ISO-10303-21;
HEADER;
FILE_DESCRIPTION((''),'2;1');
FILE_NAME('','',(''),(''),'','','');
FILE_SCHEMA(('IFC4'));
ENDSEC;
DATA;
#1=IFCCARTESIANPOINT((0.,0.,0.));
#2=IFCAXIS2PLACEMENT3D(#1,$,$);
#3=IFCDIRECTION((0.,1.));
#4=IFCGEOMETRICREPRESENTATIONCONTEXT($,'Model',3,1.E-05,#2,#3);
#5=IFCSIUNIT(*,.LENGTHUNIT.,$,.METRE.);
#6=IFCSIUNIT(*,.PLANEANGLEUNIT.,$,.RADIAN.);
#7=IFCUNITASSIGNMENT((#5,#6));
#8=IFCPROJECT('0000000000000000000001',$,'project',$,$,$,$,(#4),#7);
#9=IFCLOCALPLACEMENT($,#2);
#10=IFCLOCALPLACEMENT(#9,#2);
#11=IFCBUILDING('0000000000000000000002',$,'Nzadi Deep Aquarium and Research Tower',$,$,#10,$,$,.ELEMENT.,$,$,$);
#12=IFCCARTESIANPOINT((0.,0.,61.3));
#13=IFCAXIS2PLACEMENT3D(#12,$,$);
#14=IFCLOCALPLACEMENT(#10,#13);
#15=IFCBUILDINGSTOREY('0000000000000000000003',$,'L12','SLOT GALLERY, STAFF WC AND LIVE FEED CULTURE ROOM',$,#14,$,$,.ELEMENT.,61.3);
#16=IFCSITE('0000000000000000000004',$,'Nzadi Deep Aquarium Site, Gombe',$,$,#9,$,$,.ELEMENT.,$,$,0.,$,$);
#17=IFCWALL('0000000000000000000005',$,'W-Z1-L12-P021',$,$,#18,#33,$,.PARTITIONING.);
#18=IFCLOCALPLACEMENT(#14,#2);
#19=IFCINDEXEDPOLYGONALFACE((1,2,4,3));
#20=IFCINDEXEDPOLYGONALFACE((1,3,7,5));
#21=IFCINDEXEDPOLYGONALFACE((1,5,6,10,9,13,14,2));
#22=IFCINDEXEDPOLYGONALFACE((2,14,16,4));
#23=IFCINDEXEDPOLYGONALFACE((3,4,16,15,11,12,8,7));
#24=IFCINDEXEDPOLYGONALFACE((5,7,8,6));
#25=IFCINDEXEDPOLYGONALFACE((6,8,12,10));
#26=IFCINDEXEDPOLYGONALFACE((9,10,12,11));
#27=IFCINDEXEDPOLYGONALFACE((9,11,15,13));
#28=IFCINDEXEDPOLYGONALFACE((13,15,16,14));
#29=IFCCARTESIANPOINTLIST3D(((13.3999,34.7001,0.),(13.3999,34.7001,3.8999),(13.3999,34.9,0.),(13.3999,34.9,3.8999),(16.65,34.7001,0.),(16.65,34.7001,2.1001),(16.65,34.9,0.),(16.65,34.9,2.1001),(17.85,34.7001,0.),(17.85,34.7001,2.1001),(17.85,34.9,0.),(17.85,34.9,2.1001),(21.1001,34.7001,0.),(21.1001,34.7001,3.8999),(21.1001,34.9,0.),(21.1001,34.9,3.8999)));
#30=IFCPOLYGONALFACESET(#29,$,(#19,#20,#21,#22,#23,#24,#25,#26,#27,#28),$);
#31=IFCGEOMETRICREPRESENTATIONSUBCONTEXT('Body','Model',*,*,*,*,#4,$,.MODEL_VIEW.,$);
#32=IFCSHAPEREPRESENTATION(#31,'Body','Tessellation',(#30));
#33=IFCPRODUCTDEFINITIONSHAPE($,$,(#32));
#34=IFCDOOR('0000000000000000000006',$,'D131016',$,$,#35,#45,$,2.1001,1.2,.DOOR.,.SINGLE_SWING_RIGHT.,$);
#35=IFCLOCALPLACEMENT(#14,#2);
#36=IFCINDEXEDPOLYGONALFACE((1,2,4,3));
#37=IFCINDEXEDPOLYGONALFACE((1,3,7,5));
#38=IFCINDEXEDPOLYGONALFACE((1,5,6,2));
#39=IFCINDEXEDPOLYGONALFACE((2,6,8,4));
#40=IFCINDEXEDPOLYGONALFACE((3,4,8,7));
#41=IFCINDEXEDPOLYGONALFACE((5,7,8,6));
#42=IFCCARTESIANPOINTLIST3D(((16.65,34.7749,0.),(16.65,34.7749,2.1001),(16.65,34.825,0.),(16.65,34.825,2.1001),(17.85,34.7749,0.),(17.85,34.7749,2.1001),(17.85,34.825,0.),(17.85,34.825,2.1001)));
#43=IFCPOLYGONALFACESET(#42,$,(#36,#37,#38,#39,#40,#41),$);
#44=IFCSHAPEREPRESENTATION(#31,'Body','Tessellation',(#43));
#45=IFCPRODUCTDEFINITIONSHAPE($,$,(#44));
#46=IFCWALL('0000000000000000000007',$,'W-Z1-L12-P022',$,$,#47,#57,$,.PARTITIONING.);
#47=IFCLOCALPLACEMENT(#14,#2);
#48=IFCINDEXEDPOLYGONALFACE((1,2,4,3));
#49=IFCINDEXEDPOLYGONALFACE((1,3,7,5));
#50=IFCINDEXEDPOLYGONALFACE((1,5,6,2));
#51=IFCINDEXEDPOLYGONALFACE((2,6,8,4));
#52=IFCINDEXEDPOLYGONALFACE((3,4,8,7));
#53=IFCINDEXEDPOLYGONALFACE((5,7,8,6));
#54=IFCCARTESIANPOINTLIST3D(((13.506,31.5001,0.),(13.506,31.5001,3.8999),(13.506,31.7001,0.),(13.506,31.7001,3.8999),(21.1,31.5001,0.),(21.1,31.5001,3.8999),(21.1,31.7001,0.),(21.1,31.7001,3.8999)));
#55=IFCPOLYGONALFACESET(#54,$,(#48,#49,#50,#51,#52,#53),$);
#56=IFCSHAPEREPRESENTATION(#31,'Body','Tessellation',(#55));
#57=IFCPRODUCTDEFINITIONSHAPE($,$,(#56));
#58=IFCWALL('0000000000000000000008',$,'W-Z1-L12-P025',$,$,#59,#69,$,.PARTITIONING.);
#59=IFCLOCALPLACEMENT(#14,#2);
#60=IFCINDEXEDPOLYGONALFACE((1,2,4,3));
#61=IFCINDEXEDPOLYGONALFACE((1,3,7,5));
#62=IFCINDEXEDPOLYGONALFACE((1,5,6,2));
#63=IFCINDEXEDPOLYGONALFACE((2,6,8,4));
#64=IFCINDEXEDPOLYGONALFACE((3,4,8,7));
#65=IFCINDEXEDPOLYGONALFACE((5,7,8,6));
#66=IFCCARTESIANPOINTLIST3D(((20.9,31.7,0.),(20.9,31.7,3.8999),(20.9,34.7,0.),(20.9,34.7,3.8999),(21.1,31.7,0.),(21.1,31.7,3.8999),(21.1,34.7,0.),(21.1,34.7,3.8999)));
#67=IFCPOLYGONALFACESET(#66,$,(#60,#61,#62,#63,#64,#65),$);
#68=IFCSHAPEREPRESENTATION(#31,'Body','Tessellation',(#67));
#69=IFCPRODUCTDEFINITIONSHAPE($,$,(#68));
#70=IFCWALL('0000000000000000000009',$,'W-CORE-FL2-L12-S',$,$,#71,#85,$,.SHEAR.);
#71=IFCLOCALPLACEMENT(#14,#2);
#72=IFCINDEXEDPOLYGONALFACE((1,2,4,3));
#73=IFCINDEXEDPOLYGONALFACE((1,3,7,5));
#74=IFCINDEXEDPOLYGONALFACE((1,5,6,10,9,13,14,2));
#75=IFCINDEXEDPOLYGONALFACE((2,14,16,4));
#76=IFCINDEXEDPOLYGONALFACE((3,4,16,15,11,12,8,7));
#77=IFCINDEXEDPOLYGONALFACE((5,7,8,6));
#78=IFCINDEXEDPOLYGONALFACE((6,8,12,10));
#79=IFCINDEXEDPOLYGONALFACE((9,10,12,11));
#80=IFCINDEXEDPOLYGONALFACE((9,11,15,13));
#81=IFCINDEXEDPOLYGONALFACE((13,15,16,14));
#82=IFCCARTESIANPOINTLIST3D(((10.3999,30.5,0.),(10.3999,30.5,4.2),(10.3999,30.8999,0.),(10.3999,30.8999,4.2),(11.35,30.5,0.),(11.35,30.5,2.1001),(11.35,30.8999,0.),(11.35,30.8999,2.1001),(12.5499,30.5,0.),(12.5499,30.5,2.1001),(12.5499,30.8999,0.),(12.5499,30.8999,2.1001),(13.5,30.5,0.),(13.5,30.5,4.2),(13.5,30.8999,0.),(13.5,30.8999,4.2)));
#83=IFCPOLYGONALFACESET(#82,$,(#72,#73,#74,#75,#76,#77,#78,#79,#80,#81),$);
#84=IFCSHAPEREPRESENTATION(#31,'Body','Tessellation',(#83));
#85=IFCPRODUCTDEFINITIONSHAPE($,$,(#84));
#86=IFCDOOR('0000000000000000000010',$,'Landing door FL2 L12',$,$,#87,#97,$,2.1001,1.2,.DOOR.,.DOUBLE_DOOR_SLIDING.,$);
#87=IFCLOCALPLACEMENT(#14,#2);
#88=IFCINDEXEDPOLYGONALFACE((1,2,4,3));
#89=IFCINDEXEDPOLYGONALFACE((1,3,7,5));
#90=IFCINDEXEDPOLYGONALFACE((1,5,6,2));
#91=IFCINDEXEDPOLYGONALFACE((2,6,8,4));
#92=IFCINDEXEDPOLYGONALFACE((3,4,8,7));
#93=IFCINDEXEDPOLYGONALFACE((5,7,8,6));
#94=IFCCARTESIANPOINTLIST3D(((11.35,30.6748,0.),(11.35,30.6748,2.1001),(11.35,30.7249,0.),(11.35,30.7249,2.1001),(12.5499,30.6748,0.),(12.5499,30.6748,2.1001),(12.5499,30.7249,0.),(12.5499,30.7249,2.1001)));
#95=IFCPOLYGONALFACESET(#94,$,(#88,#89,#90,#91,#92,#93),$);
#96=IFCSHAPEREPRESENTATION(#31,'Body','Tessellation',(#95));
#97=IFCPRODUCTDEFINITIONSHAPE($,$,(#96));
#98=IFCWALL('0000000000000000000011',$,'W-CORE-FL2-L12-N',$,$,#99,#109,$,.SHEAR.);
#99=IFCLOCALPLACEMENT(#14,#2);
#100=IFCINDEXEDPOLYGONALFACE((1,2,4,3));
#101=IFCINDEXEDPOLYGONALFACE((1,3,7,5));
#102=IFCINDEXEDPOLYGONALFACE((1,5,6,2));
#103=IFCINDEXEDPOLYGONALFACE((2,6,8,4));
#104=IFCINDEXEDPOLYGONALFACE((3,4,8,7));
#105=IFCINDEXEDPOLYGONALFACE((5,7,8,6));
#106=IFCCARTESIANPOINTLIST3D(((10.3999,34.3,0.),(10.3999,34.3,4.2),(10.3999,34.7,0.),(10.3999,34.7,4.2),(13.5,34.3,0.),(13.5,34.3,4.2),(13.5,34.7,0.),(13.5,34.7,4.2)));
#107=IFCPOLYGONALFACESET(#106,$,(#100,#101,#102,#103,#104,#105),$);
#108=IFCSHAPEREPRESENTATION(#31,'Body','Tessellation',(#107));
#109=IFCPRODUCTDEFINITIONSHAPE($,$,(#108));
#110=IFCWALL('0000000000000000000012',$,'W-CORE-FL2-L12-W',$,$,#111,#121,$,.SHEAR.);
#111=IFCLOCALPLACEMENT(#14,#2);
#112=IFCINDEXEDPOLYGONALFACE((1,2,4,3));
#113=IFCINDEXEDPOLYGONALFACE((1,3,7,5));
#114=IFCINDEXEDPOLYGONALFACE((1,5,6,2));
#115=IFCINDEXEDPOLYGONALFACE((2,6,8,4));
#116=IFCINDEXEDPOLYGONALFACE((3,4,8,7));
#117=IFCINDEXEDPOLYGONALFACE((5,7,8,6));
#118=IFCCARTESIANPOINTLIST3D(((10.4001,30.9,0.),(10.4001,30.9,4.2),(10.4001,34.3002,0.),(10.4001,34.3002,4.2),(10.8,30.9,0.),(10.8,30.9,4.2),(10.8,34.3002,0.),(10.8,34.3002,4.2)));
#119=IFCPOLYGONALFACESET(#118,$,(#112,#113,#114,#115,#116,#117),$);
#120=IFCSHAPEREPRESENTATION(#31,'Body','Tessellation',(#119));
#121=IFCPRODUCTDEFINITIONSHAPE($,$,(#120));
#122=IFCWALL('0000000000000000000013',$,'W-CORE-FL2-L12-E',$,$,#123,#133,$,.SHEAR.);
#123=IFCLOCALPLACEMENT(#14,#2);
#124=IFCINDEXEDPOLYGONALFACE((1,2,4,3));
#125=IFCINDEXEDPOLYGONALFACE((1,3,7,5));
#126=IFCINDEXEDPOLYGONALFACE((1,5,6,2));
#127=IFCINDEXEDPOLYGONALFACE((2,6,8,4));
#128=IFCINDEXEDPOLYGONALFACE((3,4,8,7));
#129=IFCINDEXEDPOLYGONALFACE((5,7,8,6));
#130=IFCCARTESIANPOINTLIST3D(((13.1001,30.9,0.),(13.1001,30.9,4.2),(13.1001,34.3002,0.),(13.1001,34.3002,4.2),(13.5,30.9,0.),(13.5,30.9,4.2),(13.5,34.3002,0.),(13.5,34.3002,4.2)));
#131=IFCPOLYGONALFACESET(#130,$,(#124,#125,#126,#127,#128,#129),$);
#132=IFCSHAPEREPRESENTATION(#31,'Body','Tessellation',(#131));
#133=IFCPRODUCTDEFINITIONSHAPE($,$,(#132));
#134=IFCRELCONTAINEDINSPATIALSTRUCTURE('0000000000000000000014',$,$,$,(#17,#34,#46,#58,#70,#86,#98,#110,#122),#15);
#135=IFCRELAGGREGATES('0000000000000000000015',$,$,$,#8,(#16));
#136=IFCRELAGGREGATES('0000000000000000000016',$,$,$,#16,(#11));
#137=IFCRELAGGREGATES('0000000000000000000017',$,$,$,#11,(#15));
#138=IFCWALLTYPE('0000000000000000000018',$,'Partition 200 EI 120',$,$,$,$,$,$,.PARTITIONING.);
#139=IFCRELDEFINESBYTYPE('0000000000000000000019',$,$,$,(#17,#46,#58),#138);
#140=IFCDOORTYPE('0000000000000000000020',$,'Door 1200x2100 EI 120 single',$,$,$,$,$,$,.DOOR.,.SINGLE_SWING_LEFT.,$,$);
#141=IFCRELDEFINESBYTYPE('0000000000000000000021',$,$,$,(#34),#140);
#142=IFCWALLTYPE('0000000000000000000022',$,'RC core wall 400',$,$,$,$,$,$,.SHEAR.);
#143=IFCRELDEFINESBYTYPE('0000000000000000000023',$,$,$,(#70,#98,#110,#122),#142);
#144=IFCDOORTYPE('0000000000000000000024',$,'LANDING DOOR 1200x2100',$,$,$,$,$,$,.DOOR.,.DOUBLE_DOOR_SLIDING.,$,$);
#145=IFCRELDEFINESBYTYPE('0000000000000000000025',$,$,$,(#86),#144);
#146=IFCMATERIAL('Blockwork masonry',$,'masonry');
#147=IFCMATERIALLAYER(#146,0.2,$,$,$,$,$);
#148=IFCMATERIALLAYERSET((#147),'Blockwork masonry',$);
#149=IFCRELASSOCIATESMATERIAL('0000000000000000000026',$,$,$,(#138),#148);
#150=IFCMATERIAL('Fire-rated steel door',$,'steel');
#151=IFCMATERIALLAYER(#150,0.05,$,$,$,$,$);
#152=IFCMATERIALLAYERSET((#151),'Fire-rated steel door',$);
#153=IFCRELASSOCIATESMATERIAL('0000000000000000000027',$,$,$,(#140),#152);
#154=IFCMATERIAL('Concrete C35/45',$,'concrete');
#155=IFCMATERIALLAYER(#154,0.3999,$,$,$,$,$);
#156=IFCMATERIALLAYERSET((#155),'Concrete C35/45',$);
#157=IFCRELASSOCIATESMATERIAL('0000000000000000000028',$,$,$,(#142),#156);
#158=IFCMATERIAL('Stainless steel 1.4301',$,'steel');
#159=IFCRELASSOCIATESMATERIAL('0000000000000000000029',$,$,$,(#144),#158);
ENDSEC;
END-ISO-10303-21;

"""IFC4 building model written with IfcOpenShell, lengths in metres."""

from ifc_helpers import new_model, si_unit, direction, frame, frame_2d, origin, place, context, subcontext, project, spatial, rectangle, extrude, material, layer, layer_set, type_object, element, fill, save


model = new_model("IFC4")

# Units and contexts
model_context = context("Model", 3, precision=1e-05, world=origin(), true_north=direction((0.0, 1.0)))
body_context = subcontext(model_context, "Body", "Model", "MODEL_VIEW")
ifc_project = project(units=[si_unit("LENGTHUNIT", "METRE"), si_unit("PLANEANGLEUNIT", "RADIAN")], contexts=[model_context])

# Site, building, storey
site_placement = place(None, origin())
site = spatial("IfcSite", under=ifc_project, at=site_placement, Name="Nzadi Deep Aquarium Site, Gombe", CompositionType="ELEMENT", RefElevation=0.0)
building_placement = place(site_placement, origin())
building = spatial("IfcBuilding", under=site, at=building_placement, Name="Nzadi Deep Aquarium and Research Tower", CompositionType="ELEMENT")
storey_placement = place(building_placement, frame((0.0, 0.0, 61.3)))
storey = spatial("IfcBuildingStorey", under=building, at=storey_placement, Name="L12", Description="SLOT GALLERY, STAFF WC AND LIVE FEED CULTURE ROOM", CompositionType="ELEMENT", Elevation=61.3)

# Wall, opening, door
ifc_material_1 = material(Name="Blockwork masonry", Category="masonry")
ifc_layer_1 = layer(ifc_material_1, 0.2)
ifc_layer_set_1 = layer_set([ifc_layer_1], Name="Blockwork masonry")
wall_type_1 = type_object("IfcWallType", Name="Partition 200 EI 120", PredefinedType="PARTITIONING", material=ifc_layer_set_1)
wall_1_placement = place(storey_placement, frame((13.3999, 34.8, 0.0), z_axis=(0.0, 0.0, 1.0), x_axis=(1.0, 0.0, 0.0)))
wall_1 = element("IfcWall", 1, at=wall_1_placement, inside=storey, type_object=wall_type_1, Name="W-Z1-L12-P021", PredefinedType="PARTITIONING", context=body_context, shape_type="SweptSolid", body=[
    extrude(rectangle(XDim=7.7002, YDim=0.2, at=frame_2d((3.8501, 0.0))), origin(), (0.0, 0.0, 1.0), 3.8999),
])
opening_1_placement = place(wall_1_placement, frame((3.25, 0.0, 0.0)))
opening_1 = element("IfcOpeningElement", 2, at=opening_1_placement, cuts=wall_1, PredefinedType="OPENING", context=body_context, shape_type="SweptSolid", body=[
    extrude(rectangle(XDim=1.2, YDim=2.1001, at=frame_2d((0.6001, 1.05))), frame((0.0, 0.1101, 0.0), z_axis=(0.0, -1.0, 0.0), x_axis=(1.0, 0.0, 0.0)), (0.0, 0.0, 1.0), 0.2202),
])
ifc_material_2 = material(Name="Fire-rated steel door", Category="steel")
ifc_layer_2 = layer(ifc_material_2, 0.05)
ifc_layer_set_2 = layer_set([ifc_layer_2], Name="Fire-rated steel door")
door_type_1 = type_object("IfcDoorType", Name="Door 1200x2100 EI 120 single", OperationType="SINGLE_SWING_LEFT", PredefinedType="DOOR", material=ifc_layer_set_2)
door_1_placement = place(opening_1_placement, origin())
door_1 = element("IfcDoor", 3, at=door_1_placement, inside=storey, type_object=door_type_1, Name="D131016", OperationType="SINGLE_SWING_RIGHT", OverallHeight=2.1001, OverallWidth=1.2, PredefinedType="DOOR", context=body_context, shape_type="SweptSolid", body=[
    extrude(rectangle(XDim=1.2, YDim=2.1001, at=frame_2d((0.6001, 1.05))), frame((0.0, 0.0249, 0.0), z_axis=(0.0, -1.0, 0.0), x_axis=(1.0, 0.0, 0.0)), (0.0, 0.0, 1.0), 0.05),
])
fill(opening_1, door_1)

# Walls
wall_2_placement = place(storey_placement, frame((13.5061, 31.6001, 0.0), z_axis=(0.0, 0.0, 1.0), x_axis=(1.0, 0.0, 0.0)))
element("IfcWall", 4, at=wall_2_placement, inside=storey, type_object=wall_type_1, Name="W-Z1-L12-P022", PredefinedType="PARTITIONING", context=body_context, shape_type="SweptSolid", body=[
    extrude(rectangle(XDim=7.594, YDim=0.2, at=frame_2d((3.7969, 0.0))), origin(), (0.0, 0.0, 1.0), 3.8999),
])
wall_3_placement = place(storey_placement, frame((21.0, 31.7, 0.0), z_axis=(0.0, 0.0, 1.0), x_axis=(0.0, 1.0, 0.0)))
element("IfcWall", 5, at=wall_3_placement, inside=storey, type_object=wall_type_1, Name="W-Z1-L12-P025", PredefinedType="PARTITIONING", context=body_context, shape_type="SweptSolid", body=[
    extrude(rectangle(XDim=3.0, YDim=0.2, at=frame_2d((1.5, 0.0))), origin(), (0.0, 0.0, 1.0), 3.8999),
])

# Wall, opening, door
ifc_material_3 = material(Name="Concrete C35/45", Category="concrete")
ifc_layer_3 = layer(ifc_material_3, 0.3999)
ifc_layer_set_3 = layer_set([ifc_layer_3], Name="Concrete C35/45")
wall_type_2 = type_object("IfcWallType", Name="RC core wall 400", PredefinedType="SHEAR", material=ifc_layer_set_3)
wall_4_placement = place(storey_placement, frame((10.3999, 30.7, 0.0), z_axis=(0.0, 0.0, 1.0), x_axis=(1.0, 0.0, 0.0)))
wall_4 = element("IfcWall", 6, at=wall_4_placement, inside=storey, type_object=wall_type_2, Name="W-CORE-FL2-L12-S", PredefinedType="SHEAR", context=body_context, shape_type="SweptSolid", body=[
    extrude(rectangle(XDim=3.1001, YDim=0.3999, at=frame_2d((1.55, 0.0))), origin(), (0.0, 0.0, 1.0), 4.2),
])
opening_2_placement = place(wall_4_placement, frame((0.95, 0.0, 0.0)))
opening_2 = element("IfcOpeningElement", 7, at=opening_2_placement, cuts=wall_4, PredefinedType="OPENING", context=body_context, shape_type="SweptSolid", body=[
    extrude(rectangle(XDim=1.2, YDim=2.1001, at=frame_2d((0.6001, 1.05))), frame((0.0, 0.21, 0.0), z_axis=(0.0, -1.0, 0.0), x_axis=(1.0, 0.0, 0.0)), (0.0, 0.0, 1.0), 0.4199),
])
ifc_material_4 = material(Name="Stainless steel 1.4301", Category="steel")
door_type_2 = type_object("IfcDoorType", Name="LANDING DOOR 1200x2100", OperationType="DOUBLE_DOOR_SLIDING", PredefinedType="DOOR", material=ifc_material_4)
door_2_placement = place(opening_2_placement, origin())
door_2 = element("IfcDoor", 8, at=door_2_placement, inside=storey, type_object=door_type_2, Name="Landing door FL2 L12", OperationType="DOUBLE_DOOR_SLIDING", OverallHeight=2.1001, OverallWidth=1.2, PredefinedType="DOOR", context=body_context, shape_type="SweptSolid", body=[
    extrude(rectangle(XDim=1.2, YDim=2.1001, at=frame_2d((0.6001, 1.05))), frame((0.0, 0.0249, 0.0), z_axis=(0.0, -1.0, 0.0), x_axis=(1.0, 0.0, 0.0)), (0.0, 0.0, 1.0), 0.05),
])
fill(opening_2, door_2)

# Walls
wall_5_placement = place(storey_placement, frame((10.3999, 34.5, 0.0), z_axis=(0.0, 0.0, 1.0), x_axis=(1.0, 0.0, 0.0)))
element("IfcWall", 9, at=wall_5_placement, inside=storey, type_object=wall_type_2, Name="W-CORE-FL2-L12-N", PredefinedType="SHEAR", context=body_context, shape_type="SweptSolid", body=[
    extrude(rectangle(XDim=3.1001, YDim=0.3999, at=frame_2d((1.55, 0.0))), origin(), (0.0, 0.0, 1.0), 4.2),
])
for number, where, z_axis, x_axis, name in (
    (10, (10.6001, 30.8999, 0.0), (0.0, 0.0, 1.0), (0.0, 1.0, 0.0), "W-CORE-FL2-L12-W"),
    (11, (13.3, 30.8999, 0.0), (0.0, 0.0, 1.0), (0.0, 1.0, 0.0), "W-CORE-FL2-L12-E"),
):
    element("IfcWall", number, at=place(storey_placement, frame(where, z_axis=z_axis, x_axis=x_axis)), inside=storey, type_object=wall_type_2, Name=name, PredefinedType="SHEAR", context=body_context, shape_type="SweptSolid", body=[
        extrude(rectangle(XDim=3.4001, YDim=0.3999, at=frame_2d((1.7002, 0.0))), origin(), (0.0, 0.0, 1.0), 4.2),
    ])

save(model, "model.ifc")
